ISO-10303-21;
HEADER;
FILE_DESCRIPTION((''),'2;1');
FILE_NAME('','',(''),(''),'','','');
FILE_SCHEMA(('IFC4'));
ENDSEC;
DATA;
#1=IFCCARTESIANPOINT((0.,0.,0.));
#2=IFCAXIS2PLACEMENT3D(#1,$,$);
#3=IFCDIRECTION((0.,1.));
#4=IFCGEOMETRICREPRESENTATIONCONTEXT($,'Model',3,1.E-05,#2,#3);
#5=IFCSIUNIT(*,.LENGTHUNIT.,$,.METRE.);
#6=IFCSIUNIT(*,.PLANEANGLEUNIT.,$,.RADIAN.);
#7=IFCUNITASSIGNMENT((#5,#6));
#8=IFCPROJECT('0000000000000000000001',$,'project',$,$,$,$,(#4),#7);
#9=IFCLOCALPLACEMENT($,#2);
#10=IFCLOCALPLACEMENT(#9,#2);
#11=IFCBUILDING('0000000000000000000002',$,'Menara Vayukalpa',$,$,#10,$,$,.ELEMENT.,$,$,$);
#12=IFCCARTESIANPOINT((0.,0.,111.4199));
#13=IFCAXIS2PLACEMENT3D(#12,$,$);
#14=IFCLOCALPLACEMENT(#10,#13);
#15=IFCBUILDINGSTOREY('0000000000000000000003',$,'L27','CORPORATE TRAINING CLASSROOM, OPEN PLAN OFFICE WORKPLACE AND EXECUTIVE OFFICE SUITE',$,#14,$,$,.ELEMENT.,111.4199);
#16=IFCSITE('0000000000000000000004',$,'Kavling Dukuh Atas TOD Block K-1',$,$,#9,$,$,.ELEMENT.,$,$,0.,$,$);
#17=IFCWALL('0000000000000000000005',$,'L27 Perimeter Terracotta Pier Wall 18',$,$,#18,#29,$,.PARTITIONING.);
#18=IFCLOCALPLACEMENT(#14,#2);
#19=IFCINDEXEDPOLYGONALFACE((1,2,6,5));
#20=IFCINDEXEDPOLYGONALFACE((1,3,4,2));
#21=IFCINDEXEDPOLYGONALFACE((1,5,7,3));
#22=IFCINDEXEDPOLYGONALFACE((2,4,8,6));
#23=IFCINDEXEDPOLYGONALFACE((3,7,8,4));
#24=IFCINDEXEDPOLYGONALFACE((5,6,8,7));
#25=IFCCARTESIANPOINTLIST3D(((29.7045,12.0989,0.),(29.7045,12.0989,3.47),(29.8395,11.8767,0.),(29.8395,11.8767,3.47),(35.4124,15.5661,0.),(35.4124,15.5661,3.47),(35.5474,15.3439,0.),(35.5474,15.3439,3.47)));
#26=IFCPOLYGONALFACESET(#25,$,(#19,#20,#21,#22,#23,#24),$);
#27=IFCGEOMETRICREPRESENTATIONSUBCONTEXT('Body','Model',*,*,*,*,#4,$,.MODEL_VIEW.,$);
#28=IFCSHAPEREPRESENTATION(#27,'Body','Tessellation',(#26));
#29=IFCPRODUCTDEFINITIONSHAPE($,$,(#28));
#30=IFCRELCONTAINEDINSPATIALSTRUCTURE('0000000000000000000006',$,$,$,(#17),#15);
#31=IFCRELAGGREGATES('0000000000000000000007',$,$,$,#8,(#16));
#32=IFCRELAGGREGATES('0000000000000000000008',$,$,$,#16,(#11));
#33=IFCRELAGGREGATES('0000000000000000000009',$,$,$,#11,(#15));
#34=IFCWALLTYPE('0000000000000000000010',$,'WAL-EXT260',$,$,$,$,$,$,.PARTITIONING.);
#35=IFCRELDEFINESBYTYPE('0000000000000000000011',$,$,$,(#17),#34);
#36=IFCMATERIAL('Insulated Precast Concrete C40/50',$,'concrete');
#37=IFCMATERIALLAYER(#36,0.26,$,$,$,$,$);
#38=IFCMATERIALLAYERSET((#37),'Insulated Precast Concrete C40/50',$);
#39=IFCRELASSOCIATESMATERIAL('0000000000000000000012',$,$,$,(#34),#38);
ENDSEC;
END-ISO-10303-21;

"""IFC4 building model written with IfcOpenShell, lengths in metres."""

from ifc_helpers import new_model, si_unit, direction, frame, frame_2d, origin, place, context, subcontext, project, spatial, rectangle, extrude, material, layer, layer_set, type_object, element, save


model = new_model("IFC4")

# Units and contexts
model_context = context("Model", 3, precision=1e-05, world=origin(), true_north=direction((0.0, 1.0)))
body_context = subcontext(model_context, "Body", "Model", "MODEL_VIEW")
ifc_project = project(units=[si_unit("LENGTHUNIT", "METRE"), si_unit("PLANEANGLEUNIT", "RADIAN")], contexts=[model_context])

# Site, building, storey
site_placement = place(None, origin())
site = spatial("IfcSite", under=ifc_project, at=site_placement, Name="Kavling Dukuh Atas TOD Block K-1", CompositionType="ELEMENT", RefElevation=0.0)
building_placement = place(site_placement, origin())
building = spatial("IfcBuilding", under=site, at=building_placement, Name="Menara Vayukalpa", CompositionType="ELEMENT")
storey_placement = place(building_placement, frame((0.0, 0.0, 111.4199)))
storey = spatial("IfcBuildingStorey", under=building, at=storey_placement, Name="L27", Description="CORPORATE TRAINING CLASSROOM, OPEN PLAN OFFICE WORKPLACE AND EXECUTIVE OFFICE SUITE", CompositionType="ELEMENT", Elevation=111.4199)

# Wall
ifc_material_1 = material(Name="Insulated Precast Concrete C40/50", Category="concrete")
ifc_layer_1 = layer(ifc_material_1, 0.26)
ifc_layer_set_1 = layer_set([ifc_layer_1], Name="Insulated Precast Concrete C40/50")
wall_type = type_object("IfcWallType", Name="WAL-EXT260", PredefinedType="PARTITIONING", material=ifc_layer_set_1)
wall_placement = place(storey_placement, frame((35.48, 15.4551, 0.0), z_axis=(0.0, 0.0, 1.0), x_axis=(-0.854674, -0.519165, 0.0)))
element("IfcWall", 1, at=wall_placement, inside=storey, type_object=wall_type, Name="L27 Perimeter Terracotta Pier Wall 18", PredefinedType="PARTITIONING", context=body_context, shape_type="SweptSolid", body=[
    extrude(rectangle(XDim=6.6785, YDim=0.26, at=frame_2d((3.3394, 0.0))), origin(), (0.0, 0.0, 1.0), 3.47),
])

save(model, "model.ifc")
